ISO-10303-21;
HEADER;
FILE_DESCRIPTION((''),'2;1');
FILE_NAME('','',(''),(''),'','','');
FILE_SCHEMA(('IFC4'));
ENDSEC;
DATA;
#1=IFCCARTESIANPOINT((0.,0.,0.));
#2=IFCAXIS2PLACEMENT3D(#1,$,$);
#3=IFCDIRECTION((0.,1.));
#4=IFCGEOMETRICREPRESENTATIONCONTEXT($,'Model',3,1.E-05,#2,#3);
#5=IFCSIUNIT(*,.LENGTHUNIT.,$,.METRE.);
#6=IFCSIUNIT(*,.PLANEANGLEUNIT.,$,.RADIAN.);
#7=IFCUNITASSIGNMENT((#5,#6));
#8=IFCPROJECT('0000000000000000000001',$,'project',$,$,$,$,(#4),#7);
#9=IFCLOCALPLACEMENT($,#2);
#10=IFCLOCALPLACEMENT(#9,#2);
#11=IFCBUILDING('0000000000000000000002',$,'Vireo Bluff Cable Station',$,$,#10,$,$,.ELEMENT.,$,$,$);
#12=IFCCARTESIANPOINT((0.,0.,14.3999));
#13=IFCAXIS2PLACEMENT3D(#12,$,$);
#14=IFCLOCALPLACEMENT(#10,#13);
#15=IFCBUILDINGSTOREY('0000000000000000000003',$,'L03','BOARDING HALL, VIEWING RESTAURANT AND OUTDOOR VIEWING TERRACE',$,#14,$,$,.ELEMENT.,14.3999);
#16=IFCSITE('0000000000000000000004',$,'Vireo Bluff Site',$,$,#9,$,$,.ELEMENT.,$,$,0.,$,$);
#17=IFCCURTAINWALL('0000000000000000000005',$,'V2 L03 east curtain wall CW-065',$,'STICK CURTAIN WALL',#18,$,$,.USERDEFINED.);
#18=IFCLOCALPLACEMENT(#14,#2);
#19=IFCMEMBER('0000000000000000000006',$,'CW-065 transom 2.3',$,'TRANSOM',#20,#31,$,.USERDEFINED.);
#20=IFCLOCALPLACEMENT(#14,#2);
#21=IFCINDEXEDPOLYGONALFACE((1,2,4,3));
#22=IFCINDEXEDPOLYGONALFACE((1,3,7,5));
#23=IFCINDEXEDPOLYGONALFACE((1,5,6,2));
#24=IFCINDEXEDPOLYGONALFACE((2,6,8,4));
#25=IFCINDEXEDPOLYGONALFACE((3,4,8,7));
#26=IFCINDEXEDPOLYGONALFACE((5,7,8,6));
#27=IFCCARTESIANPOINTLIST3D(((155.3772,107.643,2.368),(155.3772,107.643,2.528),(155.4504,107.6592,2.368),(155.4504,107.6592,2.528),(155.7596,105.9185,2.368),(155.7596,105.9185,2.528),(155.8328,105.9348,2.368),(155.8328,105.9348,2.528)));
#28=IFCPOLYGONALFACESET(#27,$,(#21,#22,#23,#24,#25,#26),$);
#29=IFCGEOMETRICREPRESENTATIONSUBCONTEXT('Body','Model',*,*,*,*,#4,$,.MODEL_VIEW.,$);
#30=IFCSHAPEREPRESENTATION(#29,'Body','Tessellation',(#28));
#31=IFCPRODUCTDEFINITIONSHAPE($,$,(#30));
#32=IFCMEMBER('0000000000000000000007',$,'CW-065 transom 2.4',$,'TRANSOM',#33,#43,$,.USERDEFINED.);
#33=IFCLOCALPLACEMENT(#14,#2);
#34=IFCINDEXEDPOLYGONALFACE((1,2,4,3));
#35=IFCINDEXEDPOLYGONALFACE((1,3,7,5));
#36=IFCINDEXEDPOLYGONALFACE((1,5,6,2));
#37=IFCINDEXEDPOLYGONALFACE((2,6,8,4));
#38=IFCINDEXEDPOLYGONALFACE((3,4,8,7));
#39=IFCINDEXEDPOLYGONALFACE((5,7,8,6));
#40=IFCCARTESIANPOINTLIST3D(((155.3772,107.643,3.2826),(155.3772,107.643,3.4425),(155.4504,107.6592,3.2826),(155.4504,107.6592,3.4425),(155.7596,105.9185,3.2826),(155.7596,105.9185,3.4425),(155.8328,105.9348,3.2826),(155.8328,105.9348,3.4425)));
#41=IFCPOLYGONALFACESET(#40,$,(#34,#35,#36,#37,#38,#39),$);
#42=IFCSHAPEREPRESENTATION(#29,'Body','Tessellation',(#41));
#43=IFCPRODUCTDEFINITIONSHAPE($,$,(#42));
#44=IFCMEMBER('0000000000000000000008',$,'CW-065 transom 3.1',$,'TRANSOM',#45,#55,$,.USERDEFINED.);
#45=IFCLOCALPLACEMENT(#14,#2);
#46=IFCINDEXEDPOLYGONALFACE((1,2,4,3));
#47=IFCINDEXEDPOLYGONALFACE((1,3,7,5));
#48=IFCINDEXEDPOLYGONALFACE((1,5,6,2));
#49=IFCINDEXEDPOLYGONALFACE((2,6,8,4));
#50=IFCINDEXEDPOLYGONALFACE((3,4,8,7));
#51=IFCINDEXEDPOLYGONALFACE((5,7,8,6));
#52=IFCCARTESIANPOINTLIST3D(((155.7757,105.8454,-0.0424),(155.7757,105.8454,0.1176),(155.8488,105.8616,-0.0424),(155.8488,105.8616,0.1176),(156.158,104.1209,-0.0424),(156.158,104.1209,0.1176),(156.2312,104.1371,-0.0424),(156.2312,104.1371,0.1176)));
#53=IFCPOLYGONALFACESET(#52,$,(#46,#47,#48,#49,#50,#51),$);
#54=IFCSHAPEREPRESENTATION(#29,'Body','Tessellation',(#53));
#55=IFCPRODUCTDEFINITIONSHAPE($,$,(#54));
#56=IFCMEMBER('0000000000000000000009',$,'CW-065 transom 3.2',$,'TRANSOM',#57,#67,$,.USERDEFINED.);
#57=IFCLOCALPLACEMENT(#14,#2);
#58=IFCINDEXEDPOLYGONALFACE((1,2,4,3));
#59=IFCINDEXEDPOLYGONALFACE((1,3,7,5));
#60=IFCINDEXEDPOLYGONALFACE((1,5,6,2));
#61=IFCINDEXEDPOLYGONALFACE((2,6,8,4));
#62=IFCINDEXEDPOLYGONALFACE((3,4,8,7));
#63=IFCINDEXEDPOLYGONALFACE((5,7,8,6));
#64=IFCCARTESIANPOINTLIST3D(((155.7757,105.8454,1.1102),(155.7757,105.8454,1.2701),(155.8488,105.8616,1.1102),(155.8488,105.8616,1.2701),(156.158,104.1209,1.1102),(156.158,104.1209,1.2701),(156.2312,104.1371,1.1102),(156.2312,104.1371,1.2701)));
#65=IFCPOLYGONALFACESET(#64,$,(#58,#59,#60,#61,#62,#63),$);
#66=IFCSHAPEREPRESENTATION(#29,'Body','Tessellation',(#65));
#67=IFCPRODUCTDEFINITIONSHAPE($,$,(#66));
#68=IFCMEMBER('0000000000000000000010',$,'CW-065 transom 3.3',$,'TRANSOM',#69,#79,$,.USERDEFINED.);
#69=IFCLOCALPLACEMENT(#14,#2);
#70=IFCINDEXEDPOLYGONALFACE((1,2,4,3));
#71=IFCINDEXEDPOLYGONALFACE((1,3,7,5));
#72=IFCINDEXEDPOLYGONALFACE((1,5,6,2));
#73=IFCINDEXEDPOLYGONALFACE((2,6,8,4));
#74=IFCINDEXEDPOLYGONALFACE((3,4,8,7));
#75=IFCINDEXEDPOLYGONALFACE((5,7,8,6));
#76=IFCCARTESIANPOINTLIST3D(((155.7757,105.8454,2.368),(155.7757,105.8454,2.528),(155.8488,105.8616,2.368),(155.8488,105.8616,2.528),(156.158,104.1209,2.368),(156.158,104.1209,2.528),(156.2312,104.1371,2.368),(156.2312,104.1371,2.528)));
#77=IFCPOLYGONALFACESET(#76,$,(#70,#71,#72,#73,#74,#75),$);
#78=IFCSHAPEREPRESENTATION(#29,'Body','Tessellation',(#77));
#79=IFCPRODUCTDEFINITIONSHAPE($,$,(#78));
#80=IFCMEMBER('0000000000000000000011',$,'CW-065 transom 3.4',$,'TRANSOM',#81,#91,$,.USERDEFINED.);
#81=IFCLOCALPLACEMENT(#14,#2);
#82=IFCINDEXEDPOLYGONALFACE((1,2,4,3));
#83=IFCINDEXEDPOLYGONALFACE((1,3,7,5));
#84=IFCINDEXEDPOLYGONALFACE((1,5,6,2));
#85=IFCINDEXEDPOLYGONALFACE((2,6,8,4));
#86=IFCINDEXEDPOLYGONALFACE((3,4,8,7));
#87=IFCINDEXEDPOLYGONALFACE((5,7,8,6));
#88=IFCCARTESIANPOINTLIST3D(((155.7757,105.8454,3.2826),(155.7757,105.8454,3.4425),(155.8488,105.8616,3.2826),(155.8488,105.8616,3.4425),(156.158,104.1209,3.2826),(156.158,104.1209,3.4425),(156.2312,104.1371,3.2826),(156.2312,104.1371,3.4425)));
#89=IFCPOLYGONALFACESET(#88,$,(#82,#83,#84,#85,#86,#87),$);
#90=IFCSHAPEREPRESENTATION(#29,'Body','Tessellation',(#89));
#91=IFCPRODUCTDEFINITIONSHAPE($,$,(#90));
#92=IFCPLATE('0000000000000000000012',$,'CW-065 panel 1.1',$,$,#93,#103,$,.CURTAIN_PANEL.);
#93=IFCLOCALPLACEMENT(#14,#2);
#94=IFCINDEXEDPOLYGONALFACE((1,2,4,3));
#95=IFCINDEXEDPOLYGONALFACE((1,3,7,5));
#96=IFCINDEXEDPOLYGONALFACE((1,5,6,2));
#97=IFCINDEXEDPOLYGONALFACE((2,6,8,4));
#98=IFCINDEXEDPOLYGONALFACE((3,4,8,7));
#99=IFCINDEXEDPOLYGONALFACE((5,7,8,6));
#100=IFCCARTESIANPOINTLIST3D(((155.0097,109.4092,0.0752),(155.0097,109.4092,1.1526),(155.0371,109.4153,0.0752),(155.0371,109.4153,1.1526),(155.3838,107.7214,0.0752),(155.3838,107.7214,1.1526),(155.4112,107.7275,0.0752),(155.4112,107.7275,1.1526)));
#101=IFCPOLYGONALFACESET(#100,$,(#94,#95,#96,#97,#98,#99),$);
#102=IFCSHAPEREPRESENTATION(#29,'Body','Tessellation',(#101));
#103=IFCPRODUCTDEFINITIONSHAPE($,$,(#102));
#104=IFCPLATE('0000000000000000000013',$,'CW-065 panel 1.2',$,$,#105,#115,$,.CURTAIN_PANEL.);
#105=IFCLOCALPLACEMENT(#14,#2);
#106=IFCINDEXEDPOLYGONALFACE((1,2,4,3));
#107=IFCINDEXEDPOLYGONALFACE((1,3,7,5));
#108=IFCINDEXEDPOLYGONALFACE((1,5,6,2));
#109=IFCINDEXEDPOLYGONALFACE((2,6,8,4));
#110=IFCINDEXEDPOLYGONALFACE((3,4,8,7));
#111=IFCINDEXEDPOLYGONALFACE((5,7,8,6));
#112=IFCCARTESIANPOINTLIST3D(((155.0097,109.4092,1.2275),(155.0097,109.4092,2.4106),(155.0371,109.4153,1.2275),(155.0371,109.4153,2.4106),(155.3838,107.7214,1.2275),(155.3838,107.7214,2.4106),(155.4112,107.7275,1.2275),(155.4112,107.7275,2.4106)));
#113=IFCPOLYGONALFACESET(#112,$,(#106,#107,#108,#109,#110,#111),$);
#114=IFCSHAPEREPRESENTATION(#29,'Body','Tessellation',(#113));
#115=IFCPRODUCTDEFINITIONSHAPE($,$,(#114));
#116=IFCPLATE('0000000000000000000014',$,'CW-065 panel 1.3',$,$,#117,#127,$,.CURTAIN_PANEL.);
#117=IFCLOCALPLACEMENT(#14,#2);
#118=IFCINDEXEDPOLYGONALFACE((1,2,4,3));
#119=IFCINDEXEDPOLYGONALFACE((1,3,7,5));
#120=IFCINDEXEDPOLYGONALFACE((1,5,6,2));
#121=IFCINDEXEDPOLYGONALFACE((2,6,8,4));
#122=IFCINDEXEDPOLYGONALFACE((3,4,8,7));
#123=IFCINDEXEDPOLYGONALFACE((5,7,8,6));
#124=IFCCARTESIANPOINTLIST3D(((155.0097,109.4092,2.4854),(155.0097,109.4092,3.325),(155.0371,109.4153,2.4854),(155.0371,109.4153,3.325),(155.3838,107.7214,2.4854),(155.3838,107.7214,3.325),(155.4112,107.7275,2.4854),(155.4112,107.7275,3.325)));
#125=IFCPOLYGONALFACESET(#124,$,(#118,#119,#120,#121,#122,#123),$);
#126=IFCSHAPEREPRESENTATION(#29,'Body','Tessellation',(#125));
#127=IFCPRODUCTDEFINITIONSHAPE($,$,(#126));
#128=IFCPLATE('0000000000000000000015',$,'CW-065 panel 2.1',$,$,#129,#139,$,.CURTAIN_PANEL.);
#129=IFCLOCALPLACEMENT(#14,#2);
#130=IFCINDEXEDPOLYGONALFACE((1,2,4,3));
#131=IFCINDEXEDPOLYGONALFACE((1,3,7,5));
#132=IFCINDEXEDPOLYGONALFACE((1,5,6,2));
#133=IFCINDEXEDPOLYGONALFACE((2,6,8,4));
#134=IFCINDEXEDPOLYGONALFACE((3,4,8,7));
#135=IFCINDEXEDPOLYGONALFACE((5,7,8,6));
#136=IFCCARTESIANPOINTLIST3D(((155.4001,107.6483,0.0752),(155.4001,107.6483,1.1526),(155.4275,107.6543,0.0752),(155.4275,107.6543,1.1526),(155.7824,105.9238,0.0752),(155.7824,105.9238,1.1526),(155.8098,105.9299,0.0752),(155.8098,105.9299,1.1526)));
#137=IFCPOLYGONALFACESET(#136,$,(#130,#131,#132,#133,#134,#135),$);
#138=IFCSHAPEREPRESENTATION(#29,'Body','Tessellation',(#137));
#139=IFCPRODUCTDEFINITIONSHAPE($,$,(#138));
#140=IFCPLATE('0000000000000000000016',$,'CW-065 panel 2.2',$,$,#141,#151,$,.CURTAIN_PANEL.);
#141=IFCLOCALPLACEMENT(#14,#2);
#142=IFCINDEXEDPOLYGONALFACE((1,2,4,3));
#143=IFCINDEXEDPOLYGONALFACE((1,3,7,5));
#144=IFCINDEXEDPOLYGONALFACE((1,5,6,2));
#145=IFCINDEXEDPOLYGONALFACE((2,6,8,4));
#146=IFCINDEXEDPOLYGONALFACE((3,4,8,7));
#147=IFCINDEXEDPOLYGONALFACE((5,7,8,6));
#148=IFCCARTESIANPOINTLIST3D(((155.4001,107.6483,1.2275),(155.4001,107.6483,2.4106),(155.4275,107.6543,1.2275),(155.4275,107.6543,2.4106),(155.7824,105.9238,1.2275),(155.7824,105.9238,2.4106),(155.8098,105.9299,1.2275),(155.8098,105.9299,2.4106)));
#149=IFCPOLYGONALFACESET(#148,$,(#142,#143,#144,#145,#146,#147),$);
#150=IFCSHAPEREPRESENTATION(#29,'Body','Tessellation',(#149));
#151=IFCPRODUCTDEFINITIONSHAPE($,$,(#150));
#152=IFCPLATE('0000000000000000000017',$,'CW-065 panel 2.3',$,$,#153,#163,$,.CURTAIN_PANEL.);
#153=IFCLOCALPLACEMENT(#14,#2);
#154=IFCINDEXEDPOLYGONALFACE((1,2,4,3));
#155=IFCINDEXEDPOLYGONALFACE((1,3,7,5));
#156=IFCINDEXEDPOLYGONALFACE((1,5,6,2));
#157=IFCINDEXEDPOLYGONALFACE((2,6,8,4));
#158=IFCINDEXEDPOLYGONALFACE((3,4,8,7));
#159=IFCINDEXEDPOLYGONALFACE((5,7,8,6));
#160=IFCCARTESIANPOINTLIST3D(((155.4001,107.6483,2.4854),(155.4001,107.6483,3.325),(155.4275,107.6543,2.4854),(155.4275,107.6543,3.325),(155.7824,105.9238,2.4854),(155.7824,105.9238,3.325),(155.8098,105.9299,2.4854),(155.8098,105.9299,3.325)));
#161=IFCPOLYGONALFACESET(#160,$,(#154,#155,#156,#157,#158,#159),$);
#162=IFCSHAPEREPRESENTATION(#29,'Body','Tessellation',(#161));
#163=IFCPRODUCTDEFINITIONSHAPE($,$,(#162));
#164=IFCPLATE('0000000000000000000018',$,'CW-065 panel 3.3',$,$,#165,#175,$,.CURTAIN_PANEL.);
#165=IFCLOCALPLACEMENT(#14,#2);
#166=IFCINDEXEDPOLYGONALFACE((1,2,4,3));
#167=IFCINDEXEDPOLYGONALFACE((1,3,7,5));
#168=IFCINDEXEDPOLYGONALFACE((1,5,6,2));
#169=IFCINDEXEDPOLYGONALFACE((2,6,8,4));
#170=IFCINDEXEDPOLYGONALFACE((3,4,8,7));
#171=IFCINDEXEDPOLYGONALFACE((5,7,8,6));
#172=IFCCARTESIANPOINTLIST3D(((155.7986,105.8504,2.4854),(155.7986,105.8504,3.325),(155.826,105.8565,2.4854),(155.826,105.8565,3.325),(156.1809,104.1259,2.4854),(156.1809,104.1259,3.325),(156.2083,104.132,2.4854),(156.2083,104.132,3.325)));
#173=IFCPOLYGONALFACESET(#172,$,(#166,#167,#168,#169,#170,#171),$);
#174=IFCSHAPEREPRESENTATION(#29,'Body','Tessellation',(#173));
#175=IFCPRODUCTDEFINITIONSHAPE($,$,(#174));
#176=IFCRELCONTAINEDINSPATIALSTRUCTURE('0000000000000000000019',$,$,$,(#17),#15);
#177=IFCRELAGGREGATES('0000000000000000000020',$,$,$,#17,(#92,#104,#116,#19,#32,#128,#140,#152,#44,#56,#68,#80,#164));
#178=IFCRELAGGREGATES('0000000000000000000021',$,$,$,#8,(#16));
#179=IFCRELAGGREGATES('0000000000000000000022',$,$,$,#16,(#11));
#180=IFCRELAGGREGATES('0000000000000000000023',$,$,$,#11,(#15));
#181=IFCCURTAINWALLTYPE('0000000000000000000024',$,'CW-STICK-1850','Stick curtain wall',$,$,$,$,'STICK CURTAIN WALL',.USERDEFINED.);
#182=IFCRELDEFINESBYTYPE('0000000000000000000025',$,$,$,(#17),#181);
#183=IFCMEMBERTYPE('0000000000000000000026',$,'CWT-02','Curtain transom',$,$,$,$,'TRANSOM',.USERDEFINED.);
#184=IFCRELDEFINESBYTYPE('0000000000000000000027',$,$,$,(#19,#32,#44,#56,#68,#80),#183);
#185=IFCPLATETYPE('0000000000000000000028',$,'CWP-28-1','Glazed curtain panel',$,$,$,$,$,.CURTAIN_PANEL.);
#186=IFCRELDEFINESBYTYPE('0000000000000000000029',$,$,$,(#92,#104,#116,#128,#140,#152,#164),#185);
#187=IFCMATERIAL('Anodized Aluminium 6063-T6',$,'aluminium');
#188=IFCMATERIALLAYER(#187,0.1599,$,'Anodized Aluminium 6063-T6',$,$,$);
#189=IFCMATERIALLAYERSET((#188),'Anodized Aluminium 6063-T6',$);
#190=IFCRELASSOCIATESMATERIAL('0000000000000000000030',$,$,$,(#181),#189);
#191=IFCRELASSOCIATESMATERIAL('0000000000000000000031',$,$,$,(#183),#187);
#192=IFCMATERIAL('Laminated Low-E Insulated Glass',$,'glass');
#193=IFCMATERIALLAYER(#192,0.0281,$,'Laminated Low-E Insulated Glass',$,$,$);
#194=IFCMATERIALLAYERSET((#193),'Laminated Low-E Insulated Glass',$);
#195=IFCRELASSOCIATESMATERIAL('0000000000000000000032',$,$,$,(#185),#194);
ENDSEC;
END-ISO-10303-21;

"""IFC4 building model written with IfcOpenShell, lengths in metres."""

from ifc_helpers import new_model, si_unit, direction, frame, origin, origin_2d, place, context, subcontext, project, spatial, rectangle, extrude, material, layer, layer_set, material_profile, profile_set, type_object, element, aggregate, save


model = new_model("IFC4")

# Units and contexts
model_context = context("Model", 3, precision=1e-05, world=origin(), true_north=direction((0.0, 1.0)))
body_context = subcontext(model_context, "Body", "Model", "MODEL_VIEW")
ifc_project = project(units=[si_unit("LENGTHUNIT", "METRE"), si_unit("PLANEANGLEUNIT", "RADIAN")], contexts=[model_context])

# Site, building, storey
site_placement = place(None, origin())
site = spatial("IfcSite", under=ifc_project, at=site_placement, Name="Vireo Bluff Site", CompositionType="ELEMENT", RefElevation=0.0)
building_placement = place(site_placement, origin())
building = spatial("IfcBuilding", under=site, at=building_placement, Name="Vireo Bluff Cable Station", CompositionType="ELEMENT")
storey_placement = place(building_placement, frame((0.0, 0.0, 14.3999)))
storey = spatial("IfcBuildingStorey", under=building, at=storey_placement, Name="L03", Description="BOARDING HALL, VIEWING RESTAURANT AND OUTDOOR VIEWING TERRACE", CompositionType="ELEMENT", Elevation=14.3999)

# Shared definitions
ifc_material_1 = material(Name="Anodized Aluminium 6063-T6", Category="aluminium")

# Curtain wall, members, plates
ifc_layer_1 = layer(ifc_material_1, 0.1599, Name="Anodized Aluminium 6063-T6")
ifc_layer_set_1 = layer_set([ifc_layer_1], Name="Anodized Aluminium 6063-T6")
curtain_wall_type_1 = type_object("IfcCurtainWallType", Name="CW-STICK-1850", Description="Stick curtain wall", ElementType="STICK CURTAIN WALL", PredefinedType="USERDEFINED", material=ifc_layer_set_1)
curtain_wall_1_placement = place(storey_placement, origin())
curtain_wall_1 = element("IfcCurtainWall", 1, at=curtain_wall_1_placement, inside=storey, type_object=curtain_wall_type_1, Name="V2 L03 east curtain wall CW-065", ObjectType="STICK CURTAIN WALL", PredefinedType="USERDEFINED")
ifc_material_profile_1 = material_profile(ifc_material_1, rectangle(XDim=0.075, YDim=0.1599, at=origin_2d()), Name="ALU-T-75X160")
ifc_profile_set_1 = profile_set([ifc_material_profile_1], Name="Anodized Aluminium 6063-T6")
member_type_1 = type_object("IfcMemberType", Name="CWT-02", Description="Curtain transom", ElementType="TRANSOM", PredefinedType="USERDEFINED", material=ifc_profile_set_1)
member_1_placement = place(storey_placement, frame((155.4138, 107.6511, 2.448), z_axis=(0.216462, -0.976291, 0.0), x_axis=(0.976291, 0.216462, 0.0)))
member_1 = element("IfcMember", 2, at=member_1_placement, type_object=member_type_1, Name="CW-065 transom 2.3", ObjectType="TRANSOM", PredefinedType="USERDEFINED", context=body_context, shape_type="SweptSolid", body=[
    extrude(rectangle(XDim=0.075, YDim=0.1599, at=origin_2d()), origin(), (0.0, 0.0, 1.0), 1.7664),
])
member_2_placement = place(storey_placement, frame((155.4138, 107.6511, 3.3625), z_axis=(0.216462, -0.976291, 0.0), x_axis=(0.976291, 0.216462, 0.0)))
member_2 = element("IfcMember", 3, at=member_2_placement, type_object=member_type_1, Name="CW-065 transom 2.4", ObjectType="TRANSOM", PredefinedType="USERDEFINED", context=body_context, shape_type="SweptSolid", body=[
    extrude(rectangle(XDim=0.075, YDim=0.1599, at=origin_2d()), origin(), (0.0, 0.0, 1.0), 1.7664),
])
member_3_placement = place(storey_placement, frame((155.8123, 105.8535, 0.0376), z_axis=(0.216462, -0.976291, 0.0), x_axis=(0.976291, 0.216462, 0.0)))
member_3 = element("IfcMember", 4, at=member_3_placement, type_object=member_type_1, Name="CW-065 transom 3.1", ObjectType="TRANSOM", PredefinedType="USERDEFINED", context=body_context, shape_type="SweptSolid", body=[
    extrude(rectangle(XDim=0.075, YDim=0.1599, at=origin_2d()), origin(), (0.0, 0.0, 1.0), 1.7664),
])
member_4_placement = place(storey_placement, frame((155.8123, 105.8535, 1.1902), z_axis=(0.216462, -0.976291, 0.0), x_axis=(0.976291, 0.216462, 0.0)))
member_4 = element("IfcMember", 5, at=member_4_placement, type_object=member_type_1, Name="CW-065 transom 3.2", ObjectType="TRANSOM", PredefinedType="USERDEFINED", context=body_context, shape_type="SweptSolid", body=[
    extrude(rectangle(XDim=0.075, YDim=0.1599, at=origin_2d()), origin(), (0.0, 0.0, 1.0), 1.7664),
])
member_5_placement = place(storey_placement, frame((155.8123, 105.8535, 2.448), z_axis=(0.216462, -0.976291, 0.0), x_axis=(0.976291, 0.216462, 0.0)))
member_5 = element("IfcMember", 6, at=member_5_placement, type_object=member_type_1, Name="CW-065 transom 3.3", ObjectType="TRANSOM", PredefinedType="USERDEFINED", context=body_context, shape_type="SweptSolid", body=[
    extrude(rectangle(XDim=0.075, YDim=0.1599, at=origin_2d()), origin(), (0.0, 0.0, 1.0), 1.7664),
])
member_6_placement = place(storey_placement, frame((155.8123, 105.8535, 3.3625), z_axis=(0.216462, -0.976291, 0.0), x_axis=(0.976291, 0.216462, 0.0)))
member_6 = element("IfcMember", 7, at=member_6_placement, type_object=member_type_1, Name="CW-065 transom 3.4", ObjectType="TRANSOM", PredefinedType="USERDEFINED", context=body_context, shape_type="SweptSolid", body=[
    extrude(rectangle(XDim=0.075, YDim=0.1599, at=origin_2d()), origin(), (0.0, 0.0, 1.0), 1.7664),
])
ifc_material_2 = material(Name="Laminated Low-E Insulated Glass", Category="glass")
ifc_layer_2 = layer(ifc_material_2, 0.0281, Name="Laminated Low-E Insulated Glass")
ifc_layer_set_2 = layer_set([ifc_layer_2], Name="Laminated Low-E Insulated Glass")
plate_type = type_object("IfcPlateType", Name="CWP-28-1", Description="Glazed curtain panel", PredefinedType="CURTAIN_PANEL", material=ifc_layer_set_2)
plate_1_placement = place(storey_placement, frame((155.2104, 108.5684, 0.0752), z_axis=(0.0, 0.0, 1.0), x_axis=(0.21644, -0.976296, 0.0)))
plate_1 = element("IfcPlate", 8, at=plate_1_placement, type_object=plate_type, Name="CW-065 panel 1.1", PredefinedType="CURTAIN_PANEL", context=body_context, shape_type="SweptSolid", body=[
    extrude(rectangle(XDim=1.7288, YDim=0.0281, at=origin_2d()), origin(), (0.0, 0.0, 1.0), 1.0774),
])
plate_2_placement = place(storey_placement, frame((155.2104, 108.5684, 1.2275), z_axis=(0.0, 0.0, 1.0), x_axis=(0.21644, -0.976296, 0.0)))
plate_2 = element("IfcPlate", 9, at=plate_2_placement, type_object=plate_type, Name="CW-065 panel 1.2", PredefinedType="CURTAIN_PANEL", context=body_context, shape_type="SweptSolid", body=[
    extrude(rectangle(XDim=1.7288, YDim=0.0281, at=origin_2d()), origin(), (0.0, 0.0, 1.0), 1.1831),
])
plate_3_placement = place(storey_placement, frame((155.2104, 108.5684, 2.4854), z_axis=(0.0, 0.0, 1.0), x_axis=(0.21644, -0.976296, 0.0)))
plate_3 = element("IfcPlate", 10, at=plate_3_placement, type_object=plate_type, Name="CW-065 panel 1.3", PredefinedType="CURTAIN_PANEL", context=body_context, shape_type="SweptSolid", body=[
    extrude(rectangle(XDim=1.7288, YDim=0.0281, at=origin_2d()), origin(), (0.0, 0.0, 1.0), 0.8396),
])
plate_4_placement = place(storey_placement, frame((155.605, 106.7891, 0.0752), z_axis=(0.0, 0.0, 1.0), x_axis=(0.21644, -0.976296, 0.0)))
plate_4 = element("IfcPlate", 11, at=plate_4_placement, type_object=plate_type, Name="CW-065 panel 2.1", PredefinedType="CURTAIN_PANEL", context=body_context, shape_type="SweptSolid", body=[
    extrude(rectangle(XDim=1.7664, YDim=0.0281, at=origin_2d()), origin(), (0.0, 0.0, 1.0), 1.0774),
])
plate_5_placement = place(storey_placement, frame((155.605, 106.7891, 1.2275), z_axis=(0.0, 0.0, 1.0), x_axis=(0.21644, -0.976296, 0.0)))
plate_5 = element("IfcPlate", 12, at=plate_5_placement, type_object=plate_type, Name="CW-065 panel 2.2", PredefinedType="CURTAIN_PANEL", context=body_context, shape_type="SweptSolid", body=[
    extrude(rectangle(XDim=1.7664, YDim=0.0281, at=origin_2d()), origin(), (0.0, 0.0, 1.0), 1.1831),
])
plate_6_placement = place(storey_placement, frame((155.605, 106.7891, 2.4854), z_axis=(0.0, 0.0, 1.0), x_axis=(0.21644, -0.976296, 0.0)))
plate_6 = element("IfcPlate", 13, at=plate_6_placement, type_object=plate_type, Name="CW-065 panel 2.3", PredefinedType="CURTAIN_PANEL", context=body_context, shape_type="SweptSolid", body=[
    extrude(rectangle(XDim=1.7664, YDim=0.0281, at=origin_2d()), origin(), (0.0, 0.0, 1.0), 0.8396),
])
plate_7_placement = place(storey_placement, frame((156.0034, 104.9912, 2.4854), z_axis=(0.0, 0.0, 1.0), x_axis=(0.21644, -0.976296, 0.0)))
plate_7 = element("IfcPlate", 14, at=plate_7_placement, type_object=plate_type, Name="CW-065 panel 3.3", PredefinedType="CURTAIN_PANEL", context=body_context, shape_type="SweptSolid", body=[
    extrude(rectangle(XDim=1.7664, YDim=0.0281, at=origin_2d()), origin(), (0.0, 0.0, 1.0), 0.8396),
])
aggregate(curtain_wall_1, [plate_1, plate_2, plate_3, member_1, member_2, plate_4, plate_5, plate_6, member_3, member_4, member_5, member_6, plate_7])

save(model, "model.ifc")
